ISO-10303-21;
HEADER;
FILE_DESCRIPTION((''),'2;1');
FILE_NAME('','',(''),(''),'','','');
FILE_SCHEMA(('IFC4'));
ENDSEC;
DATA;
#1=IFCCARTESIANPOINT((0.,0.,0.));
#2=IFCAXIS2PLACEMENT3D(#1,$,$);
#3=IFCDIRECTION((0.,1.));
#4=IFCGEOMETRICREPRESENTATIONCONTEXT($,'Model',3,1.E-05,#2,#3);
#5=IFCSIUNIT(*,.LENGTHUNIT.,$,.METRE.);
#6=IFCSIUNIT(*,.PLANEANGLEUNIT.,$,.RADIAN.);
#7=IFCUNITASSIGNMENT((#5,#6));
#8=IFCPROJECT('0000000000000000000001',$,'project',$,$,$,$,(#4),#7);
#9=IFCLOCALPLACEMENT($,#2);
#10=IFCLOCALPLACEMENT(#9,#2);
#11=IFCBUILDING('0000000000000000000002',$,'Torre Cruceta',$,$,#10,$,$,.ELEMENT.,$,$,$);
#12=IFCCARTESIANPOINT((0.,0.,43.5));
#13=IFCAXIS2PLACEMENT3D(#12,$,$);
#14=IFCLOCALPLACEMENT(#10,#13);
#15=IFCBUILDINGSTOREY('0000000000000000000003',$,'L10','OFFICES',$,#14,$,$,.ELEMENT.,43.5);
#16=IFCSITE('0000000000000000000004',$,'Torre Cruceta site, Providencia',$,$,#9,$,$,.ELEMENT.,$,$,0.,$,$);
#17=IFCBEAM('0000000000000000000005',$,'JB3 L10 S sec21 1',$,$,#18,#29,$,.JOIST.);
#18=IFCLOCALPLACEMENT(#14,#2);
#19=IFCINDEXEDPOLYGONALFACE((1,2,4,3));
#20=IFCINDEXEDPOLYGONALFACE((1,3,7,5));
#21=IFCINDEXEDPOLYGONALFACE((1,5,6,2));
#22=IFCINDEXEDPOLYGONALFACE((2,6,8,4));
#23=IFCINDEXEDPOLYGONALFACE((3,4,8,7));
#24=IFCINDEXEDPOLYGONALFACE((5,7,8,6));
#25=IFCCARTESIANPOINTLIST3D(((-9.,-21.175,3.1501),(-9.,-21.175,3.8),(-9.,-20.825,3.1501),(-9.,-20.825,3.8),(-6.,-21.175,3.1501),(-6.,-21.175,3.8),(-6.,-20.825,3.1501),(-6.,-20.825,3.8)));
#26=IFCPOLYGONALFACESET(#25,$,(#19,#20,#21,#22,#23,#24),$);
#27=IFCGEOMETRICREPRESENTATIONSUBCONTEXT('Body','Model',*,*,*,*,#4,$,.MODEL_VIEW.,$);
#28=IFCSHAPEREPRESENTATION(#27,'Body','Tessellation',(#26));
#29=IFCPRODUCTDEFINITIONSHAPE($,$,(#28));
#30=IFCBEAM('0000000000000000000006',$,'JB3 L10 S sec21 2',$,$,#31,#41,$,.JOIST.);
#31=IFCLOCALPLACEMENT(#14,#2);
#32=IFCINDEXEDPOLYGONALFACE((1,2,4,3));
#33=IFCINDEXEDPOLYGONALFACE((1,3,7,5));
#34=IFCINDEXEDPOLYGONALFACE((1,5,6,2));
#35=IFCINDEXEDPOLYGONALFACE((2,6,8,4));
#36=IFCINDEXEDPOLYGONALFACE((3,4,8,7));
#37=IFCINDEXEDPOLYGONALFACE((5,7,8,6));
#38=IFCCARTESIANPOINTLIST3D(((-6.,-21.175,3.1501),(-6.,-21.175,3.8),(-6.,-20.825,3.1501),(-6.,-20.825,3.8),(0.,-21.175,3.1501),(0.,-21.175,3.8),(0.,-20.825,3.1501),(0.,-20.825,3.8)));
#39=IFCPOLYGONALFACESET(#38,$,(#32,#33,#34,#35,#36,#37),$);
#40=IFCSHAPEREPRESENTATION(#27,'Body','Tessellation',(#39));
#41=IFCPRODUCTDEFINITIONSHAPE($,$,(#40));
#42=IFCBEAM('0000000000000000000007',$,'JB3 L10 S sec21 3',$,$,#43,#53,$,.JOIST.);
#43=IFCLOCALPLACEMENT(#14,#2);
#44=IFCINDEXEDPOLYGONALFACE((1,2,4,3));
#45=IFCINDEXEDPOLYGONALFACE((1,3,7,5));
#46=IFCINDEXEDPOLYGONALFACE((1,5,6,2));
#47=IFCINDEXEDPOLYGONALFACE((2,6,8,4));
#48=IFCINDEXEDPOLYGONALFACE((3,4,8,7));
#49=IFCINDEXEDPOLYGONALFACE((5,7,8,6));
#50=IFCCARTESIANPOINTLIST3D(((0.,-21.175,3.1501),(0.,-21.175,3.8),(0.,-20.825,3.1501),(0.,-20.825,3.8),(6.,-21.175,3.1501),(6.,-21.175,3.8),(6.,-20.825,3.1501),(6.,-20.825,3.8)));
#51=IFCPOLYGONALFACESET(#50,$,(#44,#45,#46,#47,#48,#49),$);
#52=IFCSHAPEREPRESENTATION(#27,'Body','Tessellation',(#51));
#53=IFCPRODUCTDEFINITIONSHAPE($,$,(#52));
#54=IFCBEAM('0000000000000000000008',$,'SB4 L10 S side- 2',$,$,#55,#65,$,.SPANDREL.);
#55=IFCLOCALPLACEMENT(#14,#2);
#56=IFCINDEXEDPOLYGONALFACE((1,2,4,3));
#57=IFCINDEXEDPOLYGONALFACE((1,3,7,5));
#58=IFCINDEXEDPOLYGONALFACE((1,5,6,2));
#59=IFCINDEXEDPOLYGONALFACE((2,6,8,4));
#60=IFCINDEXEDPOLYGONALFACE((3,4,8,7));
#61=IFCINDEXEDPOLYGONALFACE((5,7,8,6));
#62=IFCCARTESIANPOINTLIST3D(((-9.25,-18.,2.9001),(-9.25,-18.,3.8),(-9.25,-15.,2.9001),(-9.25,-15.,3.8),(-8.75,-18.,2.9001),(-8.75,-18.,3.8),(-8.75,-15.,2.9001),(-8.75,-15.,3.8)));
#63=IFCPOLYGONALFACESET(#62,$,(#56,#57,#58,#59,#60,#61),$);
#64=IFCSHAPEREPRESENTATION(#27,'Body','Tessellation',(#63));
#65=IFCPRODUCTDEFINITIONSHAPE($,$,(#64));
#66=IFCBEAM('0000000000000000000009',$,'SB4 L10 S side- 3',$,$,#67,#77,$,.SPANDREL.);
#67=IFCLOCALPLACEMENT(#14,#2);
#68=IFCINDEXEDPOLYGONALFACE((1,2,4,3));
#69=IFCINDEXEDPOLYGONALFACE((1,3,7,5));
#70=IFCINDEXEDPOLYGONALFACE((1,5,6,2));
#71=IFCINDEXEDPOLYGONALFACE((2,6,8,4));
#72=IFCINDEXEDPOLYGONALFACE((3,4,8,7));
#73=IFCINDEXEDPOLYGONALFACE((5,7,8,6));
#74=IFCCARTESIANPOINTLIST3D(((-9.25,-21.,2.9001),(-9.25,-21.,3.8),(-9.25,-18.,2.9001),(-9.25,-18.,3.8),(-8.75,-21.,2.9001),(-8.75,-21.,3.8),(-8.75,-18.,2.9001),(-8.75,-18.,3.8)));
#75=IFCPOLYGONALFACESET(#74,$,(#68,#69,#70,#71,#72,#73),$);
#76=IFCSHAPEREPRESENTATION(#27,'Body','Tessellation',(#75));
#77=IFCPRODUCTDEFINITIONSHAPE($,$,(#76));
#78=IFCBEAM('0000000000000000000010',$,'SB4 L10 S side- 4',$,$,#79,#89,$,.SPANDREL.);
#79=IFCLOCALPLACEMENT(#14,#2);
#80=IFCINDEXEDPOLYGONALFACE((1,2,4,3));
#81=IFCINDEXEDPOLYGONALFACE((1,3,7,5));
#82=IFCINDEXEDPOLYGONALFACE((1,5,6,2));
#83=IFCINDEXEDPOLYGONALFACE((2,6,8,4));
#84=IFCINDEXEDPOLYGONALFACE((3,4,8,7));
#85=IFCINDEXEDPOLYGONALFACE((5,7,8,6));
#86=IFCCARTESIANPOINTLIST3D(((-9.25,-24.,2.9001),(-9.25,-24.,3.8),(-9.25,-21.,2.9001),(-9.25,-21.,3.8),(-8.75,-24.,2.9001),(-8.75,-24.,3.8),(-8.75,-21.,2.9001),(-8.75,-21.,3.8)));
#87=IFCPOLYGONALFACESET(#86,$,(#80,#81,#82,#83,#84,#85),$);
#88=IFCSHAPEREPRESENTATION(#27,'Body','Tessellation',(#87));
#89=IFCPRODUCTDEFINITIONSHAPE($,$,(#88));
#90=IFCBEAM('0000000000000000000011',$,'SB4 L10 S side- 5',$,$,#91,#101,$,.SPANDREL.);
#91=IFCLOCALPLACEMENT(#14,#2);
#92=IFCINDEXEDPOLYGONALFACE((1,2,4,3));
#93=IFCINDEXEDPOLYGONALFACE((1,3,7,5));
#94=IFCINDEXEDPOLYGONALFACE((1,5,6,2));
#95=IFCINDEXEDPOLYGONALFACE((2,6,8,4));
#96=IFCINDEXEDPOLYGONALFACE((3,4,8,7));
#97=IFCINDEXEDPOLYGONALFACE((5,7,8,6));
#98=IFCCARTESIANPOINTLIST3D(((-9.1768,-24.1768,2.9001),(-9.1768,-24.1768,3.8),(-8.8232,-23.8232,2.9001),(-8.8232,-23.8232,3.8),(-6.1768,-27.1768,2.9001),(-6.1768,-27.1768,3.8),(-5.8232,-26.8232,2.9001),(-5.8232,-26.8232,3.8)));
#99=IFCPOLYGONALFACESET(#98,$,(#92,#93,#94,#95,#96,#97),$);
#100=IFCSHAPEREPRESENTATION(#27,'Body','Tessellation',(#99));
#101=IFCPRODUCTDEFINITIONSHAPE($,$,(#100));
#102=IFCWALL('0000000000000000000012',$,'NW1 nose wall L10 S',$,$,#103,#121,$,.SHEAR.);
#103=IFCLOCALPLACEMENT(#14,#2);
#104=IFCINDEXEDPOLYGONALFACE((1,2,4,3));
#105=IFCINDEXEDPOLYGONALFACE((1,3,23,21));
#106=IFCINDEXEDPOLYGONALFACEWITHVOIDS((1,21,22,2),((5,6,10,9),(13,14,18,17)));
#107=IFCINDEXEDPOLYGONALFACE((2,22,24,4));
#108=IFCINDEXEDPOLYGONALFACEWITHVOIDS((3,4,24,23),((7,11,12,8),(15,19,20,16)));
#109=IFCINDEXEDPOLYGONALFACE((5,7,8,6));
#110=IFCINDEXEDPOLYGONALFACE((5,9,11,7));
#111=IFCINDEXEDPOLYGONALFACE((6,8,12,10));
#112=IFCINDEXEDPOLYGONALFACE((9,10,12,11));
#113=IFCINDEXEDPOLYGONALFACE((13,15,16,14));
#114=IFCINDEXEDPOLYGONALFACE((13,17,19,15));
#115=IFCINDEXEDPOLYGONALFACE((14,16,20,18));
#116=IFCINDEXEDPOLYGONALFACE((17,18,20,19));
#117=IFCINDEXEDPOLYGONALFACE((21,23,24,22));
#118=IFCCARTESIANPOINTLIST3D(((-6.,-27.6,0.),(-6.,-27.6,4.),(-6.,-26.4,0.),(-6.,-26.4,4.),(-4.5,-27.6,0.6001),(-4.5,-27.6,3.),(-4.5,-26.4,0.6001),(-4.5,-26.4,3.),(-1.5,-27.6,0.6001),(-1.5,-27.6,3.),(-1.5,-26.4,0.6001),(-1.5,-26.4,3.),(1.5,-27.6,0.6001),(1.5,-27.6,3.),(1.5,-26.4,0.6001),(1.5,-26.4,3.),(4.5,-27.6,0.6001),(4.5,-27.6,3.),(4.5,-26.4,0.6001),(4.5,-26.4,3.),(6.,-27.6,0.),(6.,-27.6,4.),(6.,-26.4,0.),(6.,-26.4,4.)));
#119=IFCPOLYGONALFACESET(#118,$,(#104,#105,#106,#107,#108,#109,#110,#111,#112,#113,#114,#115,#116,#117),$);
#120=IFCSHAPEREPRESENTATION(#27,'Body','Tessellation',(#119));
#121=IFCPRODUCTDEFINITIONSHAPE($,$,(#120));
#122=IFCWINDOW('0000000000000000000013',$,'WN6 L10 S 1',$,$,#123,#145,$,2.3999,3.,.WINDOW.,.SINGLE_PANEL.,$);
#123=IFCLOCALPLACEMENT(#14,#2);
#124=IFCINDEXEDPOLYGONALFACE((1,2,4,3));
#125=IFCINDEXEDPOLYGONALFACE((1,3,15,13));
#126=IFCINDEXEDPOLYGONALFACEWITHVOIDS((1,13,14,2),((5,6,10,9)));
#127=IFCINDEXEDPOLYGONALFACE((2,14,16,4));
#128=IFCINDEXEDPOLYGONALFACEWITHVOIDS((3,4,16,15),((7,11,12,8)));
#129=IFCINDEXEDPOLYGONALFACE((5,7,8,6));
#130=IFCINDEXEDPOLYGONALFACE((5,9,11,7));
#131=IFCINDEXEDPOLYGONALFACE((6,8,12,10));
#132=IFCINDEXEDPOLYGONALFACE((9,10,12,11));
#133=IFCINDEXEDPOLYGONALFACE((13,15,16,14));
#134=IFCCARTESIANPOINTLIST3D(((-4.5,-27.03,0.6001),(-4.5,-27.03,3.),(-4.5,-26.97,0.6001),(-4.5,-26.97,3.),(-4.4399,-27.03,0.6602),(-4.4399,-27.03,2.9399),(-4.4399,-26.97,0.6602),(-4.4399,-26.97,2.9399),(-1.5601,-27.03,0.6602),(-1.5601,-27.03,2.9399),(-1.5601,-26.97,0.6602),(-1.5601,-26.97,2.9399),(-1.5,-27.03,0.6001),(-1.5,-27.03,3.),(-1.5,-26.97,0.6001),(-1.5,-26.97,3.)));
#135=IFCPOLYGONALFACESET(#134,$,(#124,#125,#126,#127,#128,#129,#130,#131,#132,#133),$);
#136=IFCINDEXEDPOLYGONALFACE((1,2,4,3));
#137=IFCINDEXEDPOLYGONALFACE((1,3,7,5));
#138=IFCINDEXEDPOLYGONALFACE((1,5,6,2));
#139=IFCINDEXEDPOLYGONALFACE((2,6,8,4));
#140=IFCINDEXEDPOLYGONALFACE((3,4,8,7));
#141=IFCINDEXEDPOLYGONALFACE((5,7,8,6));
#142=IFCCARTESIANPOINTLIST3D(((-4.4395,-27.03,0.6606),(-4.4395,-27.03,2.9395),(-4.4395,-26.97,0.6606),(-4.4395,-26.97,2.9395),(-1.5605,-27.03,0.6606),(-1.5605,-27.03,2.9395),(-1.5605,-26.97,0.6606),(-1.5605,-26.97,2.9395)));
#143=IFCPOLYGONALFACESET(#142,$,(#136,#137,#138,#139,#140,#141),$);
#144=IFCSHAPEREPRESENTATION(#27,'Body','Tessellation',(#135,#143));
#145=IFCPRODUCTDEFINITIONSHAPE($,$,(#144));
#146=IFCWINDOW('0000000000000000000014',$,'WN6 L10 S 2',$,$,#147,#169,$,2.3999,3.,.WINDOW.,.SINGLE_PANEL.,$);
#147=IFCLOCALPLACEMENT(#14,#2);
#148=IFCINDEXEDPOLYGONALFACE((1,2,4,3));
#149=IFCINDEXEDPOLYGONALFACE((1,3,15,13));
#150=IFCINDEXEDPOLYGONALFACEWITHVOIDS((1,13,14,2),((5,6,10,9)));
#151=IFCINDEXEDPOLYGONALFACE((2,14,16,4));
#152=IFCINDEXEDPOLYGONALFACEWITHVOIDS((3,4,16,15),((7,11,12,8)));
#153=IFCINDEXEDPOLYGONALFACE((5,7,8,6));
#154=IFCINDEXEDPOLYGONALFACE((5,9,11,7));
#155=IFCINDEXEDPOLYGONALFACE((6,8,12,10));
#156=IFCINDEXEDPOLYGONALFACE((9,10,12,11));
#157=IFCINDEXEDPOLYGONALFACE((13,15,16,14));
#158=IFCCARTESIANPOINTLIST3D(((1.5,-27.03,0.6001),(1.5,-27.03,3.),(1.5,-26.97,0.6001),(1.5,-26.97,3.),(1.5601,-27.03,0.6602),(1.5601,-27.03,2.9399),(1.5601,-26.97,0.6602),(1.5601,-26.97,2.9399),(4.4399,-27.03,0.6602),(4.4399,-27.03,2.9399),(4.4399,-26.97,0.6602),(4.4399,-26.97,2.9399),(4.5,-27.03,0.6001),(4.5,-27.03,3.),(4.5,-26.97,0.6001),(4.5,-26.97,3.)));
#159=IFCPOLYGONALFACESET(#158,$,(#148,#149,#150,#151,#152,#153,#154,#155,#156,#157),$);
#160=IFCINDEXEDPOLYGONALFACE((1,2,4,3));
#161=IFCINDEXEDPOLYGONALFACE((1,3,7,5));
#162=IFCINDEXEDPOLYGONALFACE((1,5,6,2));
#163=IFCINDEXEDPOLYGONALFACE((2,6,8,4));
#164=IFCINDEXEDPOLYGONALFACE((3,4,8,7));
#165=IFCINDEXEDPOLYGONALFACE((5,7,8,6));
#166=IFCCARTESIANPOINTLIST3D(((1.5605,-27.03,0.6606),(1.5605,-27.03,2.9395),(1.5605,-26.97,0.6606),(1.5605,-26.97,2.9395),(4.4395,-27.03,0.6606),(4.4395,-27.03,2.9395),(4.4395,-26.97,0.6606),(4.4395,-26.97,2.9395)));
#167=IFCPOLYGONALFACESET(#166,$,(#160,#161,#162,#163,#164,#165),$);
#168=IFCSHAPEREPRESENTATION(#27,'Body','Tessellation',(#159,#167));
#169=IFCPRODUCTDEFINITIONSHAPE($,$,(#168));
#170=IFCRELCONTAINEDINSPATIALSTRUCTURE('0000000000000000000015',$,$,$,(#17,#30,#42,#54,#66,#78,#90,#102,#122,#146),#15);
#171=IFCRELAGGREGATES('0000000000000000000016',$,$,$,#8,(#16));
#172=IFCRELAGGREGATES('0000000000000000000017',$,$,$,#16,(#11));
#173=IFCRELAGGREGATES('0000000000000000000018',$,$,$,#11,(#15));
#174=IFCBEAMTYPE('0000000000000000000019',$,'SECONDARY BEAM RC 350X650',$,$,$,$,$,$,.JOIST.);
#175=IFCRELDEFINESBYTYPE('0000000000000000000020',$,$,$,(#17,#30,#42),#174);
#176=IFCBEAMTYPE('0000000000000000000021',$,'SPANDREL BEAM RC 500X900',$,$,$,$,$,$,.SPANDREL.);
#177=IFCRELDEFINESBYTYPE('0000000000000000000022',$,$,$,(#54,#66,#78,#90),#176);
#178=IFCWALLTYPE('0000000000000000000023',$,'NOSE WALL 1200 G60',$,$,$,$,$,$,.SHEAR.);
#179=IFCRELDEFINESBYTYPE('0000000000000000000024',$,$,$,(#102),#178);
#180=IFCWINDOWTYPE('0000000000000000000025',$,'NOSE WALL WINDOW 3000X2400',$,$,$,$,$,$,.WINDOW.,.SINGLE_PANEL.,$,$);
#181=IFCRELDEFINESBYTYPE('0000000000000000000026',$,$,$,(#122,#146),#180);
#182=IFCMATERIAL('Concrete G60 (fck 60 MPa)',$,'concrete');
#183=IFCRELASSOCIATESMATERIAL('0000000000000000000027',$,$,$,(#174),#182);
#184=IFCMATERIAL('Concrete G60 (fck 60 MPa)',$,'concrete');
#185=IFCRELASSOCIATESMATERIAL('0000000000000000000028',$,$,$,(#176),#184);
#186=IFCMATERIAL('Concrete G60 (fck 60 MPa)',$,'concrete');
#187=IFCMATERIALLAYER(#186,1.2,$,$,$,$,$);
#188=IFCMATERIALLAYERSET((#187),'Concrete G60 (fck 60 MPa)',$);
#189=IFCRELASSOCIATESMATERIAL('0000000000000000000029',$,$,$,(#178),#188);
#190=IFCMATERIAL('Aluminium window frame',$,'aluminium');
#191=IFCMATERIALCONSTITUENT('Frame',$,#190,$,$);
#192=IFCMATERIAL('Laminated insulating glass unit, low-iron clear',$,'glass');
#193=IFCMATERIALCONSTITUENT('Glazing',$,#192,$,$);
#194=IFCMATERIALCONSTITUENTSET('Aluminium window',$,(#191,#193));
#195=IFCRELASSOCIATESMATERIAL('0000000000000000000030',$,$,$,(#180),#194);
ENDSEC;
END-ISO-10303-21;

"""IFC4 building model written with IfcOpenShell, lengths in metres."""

from ifc_helpers import new_model, si_unit, direction, frame, frame_2d, origin, origin_2d, place, context, subcontext, project, spatial, rectangle, hollow_rectangle, extrude, material, layer, layer_set, constituent, constituent_set, material_profile, profile_set, type_object, element, fill, save


model = new_model("IFC4")

# Units and contexts
model_context = context("Model", 3, precision=1e-05, world=origin(), true_north=direction((0.0, 1.0)))
body_context = subcontext(model_context, "Body", "Model", "MODEL_VIEW")
ifc_project = project(units=[si_unit("LENGTHUNIT", "METRE"), si_unit("PLANEANGLEUNIT", "RADIAN")], contexts=[model_context])

# Site, building, storey
site_placement = place(None, origin())
site = spatial("IfcSite", under=ifc_project, at=site_placement, Name="Torre Cruceta site, Providencia", CompositionType="ELEMENT", RefElevation=0.0)
building_placement = place(site_placement, origin())
building = spatial("IfcBuilding", under=site, at=building_placement, Name="Torre Cruceta", CompositionType="ELEMENT")
storey_placement = place(building_placement, frame((0.0, 0.0, 43.5)))
storey = spatial("IfcBuildingStorey", under=building, at=storey_placement, Name="L10", Description="OFFICES", CompositionType="ELEMENT", Elevation=43.5)

# Beams
ifc_material_1 = material(Name="Concrete G60 (fck 60 MPa)", Category="concrete")
ifc_material_profile_1 = material_profile(ifc_material_1, rectangle(XDim=0.3501, YDim=0.6499, at=origin_2d()), Name="RC 350X650")
ifc_profile_set_1 = profile_set([ifc_material_profile_1], Name="Concrete G60 (fck 60 MPa)")
beam_type_1 = type_object("IfcBeamType", Name="SECONDARY BEAM RC 350X650", PredefinedType="JOIST", material=ifc_profile_set_1)
beam_1_placement = place(storey_placement, frame((-9.0, -21.0, 3.4751), z_axis=(1.0, 0.0, 0.0), x_axis=(0.0, 1.0, 0.0)))
element("IfcBeam", 1, at=beam_1_placement, inside=storey, type_object=beam_type_1, Name="JB3 L10 S sec21 1", PredefinedType="JOIST", context=body_context, shape_type="SweptSolid", body=[
    extrude(rectangle(XDim=0.3501, YDim=0.6499, at=origin_2d()), origin(), (0.0, 0.0, 1.0), 3.0),
])
for number, where, z_axis, x_axis, name in (
    (2, (-6.0, -21.0, 3.4751), (1.0, 0.0, 0.0), (0.0, 1.0, 0.0), "JB3 L10 S sec21 2"),
    (3, (0.0, -21.0, 3.4751), (1.0, 0.0, 0.0), (0.0, 1.0, 0.0), "JB3 L10 S sec21 3"),
):
    element("IfcBeam", number, at=place(storey_placement, frame(where, z_axis=z_axis, x_axis=x_axis)), inside=storey, type_object=beam_type_1, Name=name, PredefinedType="JOIST", context=body_context, shape_type="SweptSolid", body=[
        extrude(rectangle(XDim=0.3501, YDim=0.6499, at=origin_2d()), origin(), (0.0, 0.0, 1.0), 6.0),
    ])
ifc_material_2 = material(Name="Concrete G60 (fck 60 MPa)", Category="concrete")
ifc_material_profile_2 = material_profile(ifc_material_2, rectangle(XDim=0.5, YDim=0.8999, at=origin_2d()), Name="RC 500X900")
ifc_profile_set_2 = profile_set([ifc_material_profile_2], Name="Concrete G60 (fck 60 MPa)")
beam_type_2 = type_object("IfcBeamType", Name="SPANDREL BEAM RC 500X900", PredefinedType="SPANDREL", material=ifc_profile_set_2)
for number, where, z_axis, x_axis, name in (
    (4, (-9.0, -15.0, 3.3501), (0.0, -1.0, 0.0), (1.0, 0.0, 0.0), "SB4 L10 S side- 2"),
    (5, (-9.0, -18.0, 3.3501), (0.0, -1.0, 0.0), (1.0, 0.0, 0.0), "SB4 L10 S side- 3"),
    (6, (-9.0, -21.0, 3.3501), (0.0, -1.0, 0.0), (1.0, 0.0, 0.0), "SB4 L10 S side- 4"),
):
    element("IfcBeam", number, at=place(storey_placement, frame(where, z_axis=z_axis, x_axis=x_axis)), inside=storey, type_object=beam_type_2, Name=name, PredefinedType="SPANDREL", context=body_context, shape_type="SweptSolid", body=[
        extrude(rectangle(XDim=0.5, YDim=0.8999, at=origin_2d()), origin(), (0.0, 0.0, 1.0), 3.0),
    ])
beam_2_placement = place(storey_placement, frame((-9.0, -24.0, 3.3501), z_axis=(0.707107, -0.707107, 0.0), x_axis=(0.707107, 0.707107, 0.0)))
element("IfcBeam", 7, at=beam_2_placement, inside=storey, type_object=beam_type_2, Name="SB4 L10 S side- 5", PredefinedType="SPANDREL", context=body_context, shape_type="SweptSolid", body=[
    extrude(rectangle(XDim=0.5, YDim=0.8999, at=origin_2d()), origin(), (0.0, 0.0, 1.0), 4.2427),
])

# Wall, openings, windows
ifc_material_3 = material(Name="Concrete G60 (fck 60 MPa)", Category="concrete")
ifc_layer_1 = layer(ifc_material_3, 1.2)
ifc_layer_set_1 = layer_set([ifc_layer_1], Name="Concrete G60 (fck 60 MPa)")
wall_type_1 = type_object("IfcWallType", Name="NOSE WALL 1200 G60", PredefinedType="SHEAR", material=ifc_layer_set_1)
wall_1_placement = place(storey_placement, frame((-6.0, -27.0, 0.0), z_axis=(0.0, 0.0, 1.0), x_axis=(1.0, 0.0, 0.0)))
wall_1 = element("IfcWall", 8, at=wall_1_placement, inside=storey, type_object=wall_type_1, Name="NW1 nose wall L10 S", PredefinedType="SHEAR", context=body_context, shape_type="SweptSolid", body=[
    extrude(rectangle(XDim=12.0, YDim=1.2, at=frame_2d((6.0, 0.0))), origin(), (0.0, 0.0, 1.0), 4.0),
])
opening_1_placement = place(wall_1_placement, frame((1.5, 0.0, 0.6001)))
opening_1 = element("IfcOpeningElement", 9, at=opening_1_placement, cuts=wall_1, PredefinedType="OPENING", context=body_context, shape_type="SweptSolid", body=[
    extrude(rectangle(XDim=3.0, YDim=2.3999, at=frame_2d((1.5, 1.2))), frame((0.0, 0.6099, 0.0), z_axis=(0.0, -1.0, 0.0), x_axis=(1.0, 0.0, 0.0)), (0.0, 0.0, 1.0), 1.22),
])
opening_2_placement = place(wall_1_placement, frame((7.5, 0.0, 0.6001)))
opening_2 = element("IfcOpeningElement", 10, at=opening_2_placement, cuts=wall_1, PredefinedType="OPENING", context=body_context, shape_type="SweptSolid", body=[
    extrude(rectangle(XDim=3.0, YDim=2.3999, at=frame_2d((1.5, 1.2))), frame((0.0, 0.6099, 0.0), z_axis=(0.0, -1.0, 0.0), x_axis=(1.0, 0.0, 0.0)), (0.0, 0.0, 1.0), 1.22),
])
ifc_material_4 = material(Name="Aluminium window frame", Category="aluminium")
ifc_constituent_1 = constituent(ifc_material_4, Name="Frame")
ifc_material_5 = material(Name="Laminated insulating glass unit, low-iron clear", Category="glass")
ifc_constituent_2 = constituent(ifc_material_5, Name="Glazing")
ifc_constituent_set_1 = constituent_set(constituents=[ifc_constituent_1, ifc_constituent_2], Name="Aluminium window")
window_type = type_object("IfcWindowType", Name="NOSE WALL WINDOW 3000X2400", PartitioningType="SINGLE_PANEL", PredefinedType="WINDOW", material=ifc_constituent_set_1)
window_1_placement = place(opening_1_placement, origin())
window_1 = element("IfcWindow", 11, at=window_1_placement, inside=storey, type_object=window_type, Name="WN6 L10 S 1", OverallHeight=2.3999, OverallWidth=3.0, PartitioningType="SINGLE_PANEL", PredefinedType="WINDOW", context=body_context, shape_type="SweptSolid", body=[
    extrude(hollow_rectangle(XDim=3.0, YDim=2.3999, WallThickness=0.0601, at=frame_2d((1.5, 1.2))), frame((0.0, 0.03, 0.0), z_axis=(0.0, -1.0, 0.0), x_axis=(1.0, 0.0, 0.0)), (0.0, 0.0, 1.0), 0.0601),
    extrude(rectangle(XDim=2.8789, YDim=2.2788, at=frame_2d((1.5, 1.2))), frame((0.0, 0.03, 0.0), z_axis=(0.0, -1.0, 0.0), x_axis=(1.0, 0.0, 0.0)), (0.0, 0.0, 1.0), 0.0601),
])
fill(opening_1, window_1)
window_2_placement = place(opening_2_placement, origin())
window_2 = element("IfcWindow", 12, at=window_2_placement, inside=storey, type_object=window_type, Name="WN6 L10 S 2", OverallHeight=2.3999, OverallWidth=3.0, PartitioningType="SINGLE_PANEL", PredefinedType="WINDOW", context=body_context, shape_type="SweptSolid", body=[
    extrude(hollow_rectangle(XDim=3.0, YDim=2.3999, WallThickness=0.0601, at=frame_2d((1.5, 1.2))), frame((0.0, 0.03, 0.0), z_axis=(0.0, -1.0, 0.0), x_axis=(1.0, 0.0, 0.0)), (0.0, 0.0, 1.0), 0.0601),
    extrude(rectangle(XDim=2.8789, YDim=2.2788, at=frame_2d((1.5, 1.2))), frame((0.0, 0.03, 0.0), z_axis=(0.0, -1.0, 0.0), x_axis=(1.0, 0.0, 0.0)), (0.0, 0.0, 1.0), 0.0601),
])
fill(opening_2, window_2)

save(model, "model.ifc")
